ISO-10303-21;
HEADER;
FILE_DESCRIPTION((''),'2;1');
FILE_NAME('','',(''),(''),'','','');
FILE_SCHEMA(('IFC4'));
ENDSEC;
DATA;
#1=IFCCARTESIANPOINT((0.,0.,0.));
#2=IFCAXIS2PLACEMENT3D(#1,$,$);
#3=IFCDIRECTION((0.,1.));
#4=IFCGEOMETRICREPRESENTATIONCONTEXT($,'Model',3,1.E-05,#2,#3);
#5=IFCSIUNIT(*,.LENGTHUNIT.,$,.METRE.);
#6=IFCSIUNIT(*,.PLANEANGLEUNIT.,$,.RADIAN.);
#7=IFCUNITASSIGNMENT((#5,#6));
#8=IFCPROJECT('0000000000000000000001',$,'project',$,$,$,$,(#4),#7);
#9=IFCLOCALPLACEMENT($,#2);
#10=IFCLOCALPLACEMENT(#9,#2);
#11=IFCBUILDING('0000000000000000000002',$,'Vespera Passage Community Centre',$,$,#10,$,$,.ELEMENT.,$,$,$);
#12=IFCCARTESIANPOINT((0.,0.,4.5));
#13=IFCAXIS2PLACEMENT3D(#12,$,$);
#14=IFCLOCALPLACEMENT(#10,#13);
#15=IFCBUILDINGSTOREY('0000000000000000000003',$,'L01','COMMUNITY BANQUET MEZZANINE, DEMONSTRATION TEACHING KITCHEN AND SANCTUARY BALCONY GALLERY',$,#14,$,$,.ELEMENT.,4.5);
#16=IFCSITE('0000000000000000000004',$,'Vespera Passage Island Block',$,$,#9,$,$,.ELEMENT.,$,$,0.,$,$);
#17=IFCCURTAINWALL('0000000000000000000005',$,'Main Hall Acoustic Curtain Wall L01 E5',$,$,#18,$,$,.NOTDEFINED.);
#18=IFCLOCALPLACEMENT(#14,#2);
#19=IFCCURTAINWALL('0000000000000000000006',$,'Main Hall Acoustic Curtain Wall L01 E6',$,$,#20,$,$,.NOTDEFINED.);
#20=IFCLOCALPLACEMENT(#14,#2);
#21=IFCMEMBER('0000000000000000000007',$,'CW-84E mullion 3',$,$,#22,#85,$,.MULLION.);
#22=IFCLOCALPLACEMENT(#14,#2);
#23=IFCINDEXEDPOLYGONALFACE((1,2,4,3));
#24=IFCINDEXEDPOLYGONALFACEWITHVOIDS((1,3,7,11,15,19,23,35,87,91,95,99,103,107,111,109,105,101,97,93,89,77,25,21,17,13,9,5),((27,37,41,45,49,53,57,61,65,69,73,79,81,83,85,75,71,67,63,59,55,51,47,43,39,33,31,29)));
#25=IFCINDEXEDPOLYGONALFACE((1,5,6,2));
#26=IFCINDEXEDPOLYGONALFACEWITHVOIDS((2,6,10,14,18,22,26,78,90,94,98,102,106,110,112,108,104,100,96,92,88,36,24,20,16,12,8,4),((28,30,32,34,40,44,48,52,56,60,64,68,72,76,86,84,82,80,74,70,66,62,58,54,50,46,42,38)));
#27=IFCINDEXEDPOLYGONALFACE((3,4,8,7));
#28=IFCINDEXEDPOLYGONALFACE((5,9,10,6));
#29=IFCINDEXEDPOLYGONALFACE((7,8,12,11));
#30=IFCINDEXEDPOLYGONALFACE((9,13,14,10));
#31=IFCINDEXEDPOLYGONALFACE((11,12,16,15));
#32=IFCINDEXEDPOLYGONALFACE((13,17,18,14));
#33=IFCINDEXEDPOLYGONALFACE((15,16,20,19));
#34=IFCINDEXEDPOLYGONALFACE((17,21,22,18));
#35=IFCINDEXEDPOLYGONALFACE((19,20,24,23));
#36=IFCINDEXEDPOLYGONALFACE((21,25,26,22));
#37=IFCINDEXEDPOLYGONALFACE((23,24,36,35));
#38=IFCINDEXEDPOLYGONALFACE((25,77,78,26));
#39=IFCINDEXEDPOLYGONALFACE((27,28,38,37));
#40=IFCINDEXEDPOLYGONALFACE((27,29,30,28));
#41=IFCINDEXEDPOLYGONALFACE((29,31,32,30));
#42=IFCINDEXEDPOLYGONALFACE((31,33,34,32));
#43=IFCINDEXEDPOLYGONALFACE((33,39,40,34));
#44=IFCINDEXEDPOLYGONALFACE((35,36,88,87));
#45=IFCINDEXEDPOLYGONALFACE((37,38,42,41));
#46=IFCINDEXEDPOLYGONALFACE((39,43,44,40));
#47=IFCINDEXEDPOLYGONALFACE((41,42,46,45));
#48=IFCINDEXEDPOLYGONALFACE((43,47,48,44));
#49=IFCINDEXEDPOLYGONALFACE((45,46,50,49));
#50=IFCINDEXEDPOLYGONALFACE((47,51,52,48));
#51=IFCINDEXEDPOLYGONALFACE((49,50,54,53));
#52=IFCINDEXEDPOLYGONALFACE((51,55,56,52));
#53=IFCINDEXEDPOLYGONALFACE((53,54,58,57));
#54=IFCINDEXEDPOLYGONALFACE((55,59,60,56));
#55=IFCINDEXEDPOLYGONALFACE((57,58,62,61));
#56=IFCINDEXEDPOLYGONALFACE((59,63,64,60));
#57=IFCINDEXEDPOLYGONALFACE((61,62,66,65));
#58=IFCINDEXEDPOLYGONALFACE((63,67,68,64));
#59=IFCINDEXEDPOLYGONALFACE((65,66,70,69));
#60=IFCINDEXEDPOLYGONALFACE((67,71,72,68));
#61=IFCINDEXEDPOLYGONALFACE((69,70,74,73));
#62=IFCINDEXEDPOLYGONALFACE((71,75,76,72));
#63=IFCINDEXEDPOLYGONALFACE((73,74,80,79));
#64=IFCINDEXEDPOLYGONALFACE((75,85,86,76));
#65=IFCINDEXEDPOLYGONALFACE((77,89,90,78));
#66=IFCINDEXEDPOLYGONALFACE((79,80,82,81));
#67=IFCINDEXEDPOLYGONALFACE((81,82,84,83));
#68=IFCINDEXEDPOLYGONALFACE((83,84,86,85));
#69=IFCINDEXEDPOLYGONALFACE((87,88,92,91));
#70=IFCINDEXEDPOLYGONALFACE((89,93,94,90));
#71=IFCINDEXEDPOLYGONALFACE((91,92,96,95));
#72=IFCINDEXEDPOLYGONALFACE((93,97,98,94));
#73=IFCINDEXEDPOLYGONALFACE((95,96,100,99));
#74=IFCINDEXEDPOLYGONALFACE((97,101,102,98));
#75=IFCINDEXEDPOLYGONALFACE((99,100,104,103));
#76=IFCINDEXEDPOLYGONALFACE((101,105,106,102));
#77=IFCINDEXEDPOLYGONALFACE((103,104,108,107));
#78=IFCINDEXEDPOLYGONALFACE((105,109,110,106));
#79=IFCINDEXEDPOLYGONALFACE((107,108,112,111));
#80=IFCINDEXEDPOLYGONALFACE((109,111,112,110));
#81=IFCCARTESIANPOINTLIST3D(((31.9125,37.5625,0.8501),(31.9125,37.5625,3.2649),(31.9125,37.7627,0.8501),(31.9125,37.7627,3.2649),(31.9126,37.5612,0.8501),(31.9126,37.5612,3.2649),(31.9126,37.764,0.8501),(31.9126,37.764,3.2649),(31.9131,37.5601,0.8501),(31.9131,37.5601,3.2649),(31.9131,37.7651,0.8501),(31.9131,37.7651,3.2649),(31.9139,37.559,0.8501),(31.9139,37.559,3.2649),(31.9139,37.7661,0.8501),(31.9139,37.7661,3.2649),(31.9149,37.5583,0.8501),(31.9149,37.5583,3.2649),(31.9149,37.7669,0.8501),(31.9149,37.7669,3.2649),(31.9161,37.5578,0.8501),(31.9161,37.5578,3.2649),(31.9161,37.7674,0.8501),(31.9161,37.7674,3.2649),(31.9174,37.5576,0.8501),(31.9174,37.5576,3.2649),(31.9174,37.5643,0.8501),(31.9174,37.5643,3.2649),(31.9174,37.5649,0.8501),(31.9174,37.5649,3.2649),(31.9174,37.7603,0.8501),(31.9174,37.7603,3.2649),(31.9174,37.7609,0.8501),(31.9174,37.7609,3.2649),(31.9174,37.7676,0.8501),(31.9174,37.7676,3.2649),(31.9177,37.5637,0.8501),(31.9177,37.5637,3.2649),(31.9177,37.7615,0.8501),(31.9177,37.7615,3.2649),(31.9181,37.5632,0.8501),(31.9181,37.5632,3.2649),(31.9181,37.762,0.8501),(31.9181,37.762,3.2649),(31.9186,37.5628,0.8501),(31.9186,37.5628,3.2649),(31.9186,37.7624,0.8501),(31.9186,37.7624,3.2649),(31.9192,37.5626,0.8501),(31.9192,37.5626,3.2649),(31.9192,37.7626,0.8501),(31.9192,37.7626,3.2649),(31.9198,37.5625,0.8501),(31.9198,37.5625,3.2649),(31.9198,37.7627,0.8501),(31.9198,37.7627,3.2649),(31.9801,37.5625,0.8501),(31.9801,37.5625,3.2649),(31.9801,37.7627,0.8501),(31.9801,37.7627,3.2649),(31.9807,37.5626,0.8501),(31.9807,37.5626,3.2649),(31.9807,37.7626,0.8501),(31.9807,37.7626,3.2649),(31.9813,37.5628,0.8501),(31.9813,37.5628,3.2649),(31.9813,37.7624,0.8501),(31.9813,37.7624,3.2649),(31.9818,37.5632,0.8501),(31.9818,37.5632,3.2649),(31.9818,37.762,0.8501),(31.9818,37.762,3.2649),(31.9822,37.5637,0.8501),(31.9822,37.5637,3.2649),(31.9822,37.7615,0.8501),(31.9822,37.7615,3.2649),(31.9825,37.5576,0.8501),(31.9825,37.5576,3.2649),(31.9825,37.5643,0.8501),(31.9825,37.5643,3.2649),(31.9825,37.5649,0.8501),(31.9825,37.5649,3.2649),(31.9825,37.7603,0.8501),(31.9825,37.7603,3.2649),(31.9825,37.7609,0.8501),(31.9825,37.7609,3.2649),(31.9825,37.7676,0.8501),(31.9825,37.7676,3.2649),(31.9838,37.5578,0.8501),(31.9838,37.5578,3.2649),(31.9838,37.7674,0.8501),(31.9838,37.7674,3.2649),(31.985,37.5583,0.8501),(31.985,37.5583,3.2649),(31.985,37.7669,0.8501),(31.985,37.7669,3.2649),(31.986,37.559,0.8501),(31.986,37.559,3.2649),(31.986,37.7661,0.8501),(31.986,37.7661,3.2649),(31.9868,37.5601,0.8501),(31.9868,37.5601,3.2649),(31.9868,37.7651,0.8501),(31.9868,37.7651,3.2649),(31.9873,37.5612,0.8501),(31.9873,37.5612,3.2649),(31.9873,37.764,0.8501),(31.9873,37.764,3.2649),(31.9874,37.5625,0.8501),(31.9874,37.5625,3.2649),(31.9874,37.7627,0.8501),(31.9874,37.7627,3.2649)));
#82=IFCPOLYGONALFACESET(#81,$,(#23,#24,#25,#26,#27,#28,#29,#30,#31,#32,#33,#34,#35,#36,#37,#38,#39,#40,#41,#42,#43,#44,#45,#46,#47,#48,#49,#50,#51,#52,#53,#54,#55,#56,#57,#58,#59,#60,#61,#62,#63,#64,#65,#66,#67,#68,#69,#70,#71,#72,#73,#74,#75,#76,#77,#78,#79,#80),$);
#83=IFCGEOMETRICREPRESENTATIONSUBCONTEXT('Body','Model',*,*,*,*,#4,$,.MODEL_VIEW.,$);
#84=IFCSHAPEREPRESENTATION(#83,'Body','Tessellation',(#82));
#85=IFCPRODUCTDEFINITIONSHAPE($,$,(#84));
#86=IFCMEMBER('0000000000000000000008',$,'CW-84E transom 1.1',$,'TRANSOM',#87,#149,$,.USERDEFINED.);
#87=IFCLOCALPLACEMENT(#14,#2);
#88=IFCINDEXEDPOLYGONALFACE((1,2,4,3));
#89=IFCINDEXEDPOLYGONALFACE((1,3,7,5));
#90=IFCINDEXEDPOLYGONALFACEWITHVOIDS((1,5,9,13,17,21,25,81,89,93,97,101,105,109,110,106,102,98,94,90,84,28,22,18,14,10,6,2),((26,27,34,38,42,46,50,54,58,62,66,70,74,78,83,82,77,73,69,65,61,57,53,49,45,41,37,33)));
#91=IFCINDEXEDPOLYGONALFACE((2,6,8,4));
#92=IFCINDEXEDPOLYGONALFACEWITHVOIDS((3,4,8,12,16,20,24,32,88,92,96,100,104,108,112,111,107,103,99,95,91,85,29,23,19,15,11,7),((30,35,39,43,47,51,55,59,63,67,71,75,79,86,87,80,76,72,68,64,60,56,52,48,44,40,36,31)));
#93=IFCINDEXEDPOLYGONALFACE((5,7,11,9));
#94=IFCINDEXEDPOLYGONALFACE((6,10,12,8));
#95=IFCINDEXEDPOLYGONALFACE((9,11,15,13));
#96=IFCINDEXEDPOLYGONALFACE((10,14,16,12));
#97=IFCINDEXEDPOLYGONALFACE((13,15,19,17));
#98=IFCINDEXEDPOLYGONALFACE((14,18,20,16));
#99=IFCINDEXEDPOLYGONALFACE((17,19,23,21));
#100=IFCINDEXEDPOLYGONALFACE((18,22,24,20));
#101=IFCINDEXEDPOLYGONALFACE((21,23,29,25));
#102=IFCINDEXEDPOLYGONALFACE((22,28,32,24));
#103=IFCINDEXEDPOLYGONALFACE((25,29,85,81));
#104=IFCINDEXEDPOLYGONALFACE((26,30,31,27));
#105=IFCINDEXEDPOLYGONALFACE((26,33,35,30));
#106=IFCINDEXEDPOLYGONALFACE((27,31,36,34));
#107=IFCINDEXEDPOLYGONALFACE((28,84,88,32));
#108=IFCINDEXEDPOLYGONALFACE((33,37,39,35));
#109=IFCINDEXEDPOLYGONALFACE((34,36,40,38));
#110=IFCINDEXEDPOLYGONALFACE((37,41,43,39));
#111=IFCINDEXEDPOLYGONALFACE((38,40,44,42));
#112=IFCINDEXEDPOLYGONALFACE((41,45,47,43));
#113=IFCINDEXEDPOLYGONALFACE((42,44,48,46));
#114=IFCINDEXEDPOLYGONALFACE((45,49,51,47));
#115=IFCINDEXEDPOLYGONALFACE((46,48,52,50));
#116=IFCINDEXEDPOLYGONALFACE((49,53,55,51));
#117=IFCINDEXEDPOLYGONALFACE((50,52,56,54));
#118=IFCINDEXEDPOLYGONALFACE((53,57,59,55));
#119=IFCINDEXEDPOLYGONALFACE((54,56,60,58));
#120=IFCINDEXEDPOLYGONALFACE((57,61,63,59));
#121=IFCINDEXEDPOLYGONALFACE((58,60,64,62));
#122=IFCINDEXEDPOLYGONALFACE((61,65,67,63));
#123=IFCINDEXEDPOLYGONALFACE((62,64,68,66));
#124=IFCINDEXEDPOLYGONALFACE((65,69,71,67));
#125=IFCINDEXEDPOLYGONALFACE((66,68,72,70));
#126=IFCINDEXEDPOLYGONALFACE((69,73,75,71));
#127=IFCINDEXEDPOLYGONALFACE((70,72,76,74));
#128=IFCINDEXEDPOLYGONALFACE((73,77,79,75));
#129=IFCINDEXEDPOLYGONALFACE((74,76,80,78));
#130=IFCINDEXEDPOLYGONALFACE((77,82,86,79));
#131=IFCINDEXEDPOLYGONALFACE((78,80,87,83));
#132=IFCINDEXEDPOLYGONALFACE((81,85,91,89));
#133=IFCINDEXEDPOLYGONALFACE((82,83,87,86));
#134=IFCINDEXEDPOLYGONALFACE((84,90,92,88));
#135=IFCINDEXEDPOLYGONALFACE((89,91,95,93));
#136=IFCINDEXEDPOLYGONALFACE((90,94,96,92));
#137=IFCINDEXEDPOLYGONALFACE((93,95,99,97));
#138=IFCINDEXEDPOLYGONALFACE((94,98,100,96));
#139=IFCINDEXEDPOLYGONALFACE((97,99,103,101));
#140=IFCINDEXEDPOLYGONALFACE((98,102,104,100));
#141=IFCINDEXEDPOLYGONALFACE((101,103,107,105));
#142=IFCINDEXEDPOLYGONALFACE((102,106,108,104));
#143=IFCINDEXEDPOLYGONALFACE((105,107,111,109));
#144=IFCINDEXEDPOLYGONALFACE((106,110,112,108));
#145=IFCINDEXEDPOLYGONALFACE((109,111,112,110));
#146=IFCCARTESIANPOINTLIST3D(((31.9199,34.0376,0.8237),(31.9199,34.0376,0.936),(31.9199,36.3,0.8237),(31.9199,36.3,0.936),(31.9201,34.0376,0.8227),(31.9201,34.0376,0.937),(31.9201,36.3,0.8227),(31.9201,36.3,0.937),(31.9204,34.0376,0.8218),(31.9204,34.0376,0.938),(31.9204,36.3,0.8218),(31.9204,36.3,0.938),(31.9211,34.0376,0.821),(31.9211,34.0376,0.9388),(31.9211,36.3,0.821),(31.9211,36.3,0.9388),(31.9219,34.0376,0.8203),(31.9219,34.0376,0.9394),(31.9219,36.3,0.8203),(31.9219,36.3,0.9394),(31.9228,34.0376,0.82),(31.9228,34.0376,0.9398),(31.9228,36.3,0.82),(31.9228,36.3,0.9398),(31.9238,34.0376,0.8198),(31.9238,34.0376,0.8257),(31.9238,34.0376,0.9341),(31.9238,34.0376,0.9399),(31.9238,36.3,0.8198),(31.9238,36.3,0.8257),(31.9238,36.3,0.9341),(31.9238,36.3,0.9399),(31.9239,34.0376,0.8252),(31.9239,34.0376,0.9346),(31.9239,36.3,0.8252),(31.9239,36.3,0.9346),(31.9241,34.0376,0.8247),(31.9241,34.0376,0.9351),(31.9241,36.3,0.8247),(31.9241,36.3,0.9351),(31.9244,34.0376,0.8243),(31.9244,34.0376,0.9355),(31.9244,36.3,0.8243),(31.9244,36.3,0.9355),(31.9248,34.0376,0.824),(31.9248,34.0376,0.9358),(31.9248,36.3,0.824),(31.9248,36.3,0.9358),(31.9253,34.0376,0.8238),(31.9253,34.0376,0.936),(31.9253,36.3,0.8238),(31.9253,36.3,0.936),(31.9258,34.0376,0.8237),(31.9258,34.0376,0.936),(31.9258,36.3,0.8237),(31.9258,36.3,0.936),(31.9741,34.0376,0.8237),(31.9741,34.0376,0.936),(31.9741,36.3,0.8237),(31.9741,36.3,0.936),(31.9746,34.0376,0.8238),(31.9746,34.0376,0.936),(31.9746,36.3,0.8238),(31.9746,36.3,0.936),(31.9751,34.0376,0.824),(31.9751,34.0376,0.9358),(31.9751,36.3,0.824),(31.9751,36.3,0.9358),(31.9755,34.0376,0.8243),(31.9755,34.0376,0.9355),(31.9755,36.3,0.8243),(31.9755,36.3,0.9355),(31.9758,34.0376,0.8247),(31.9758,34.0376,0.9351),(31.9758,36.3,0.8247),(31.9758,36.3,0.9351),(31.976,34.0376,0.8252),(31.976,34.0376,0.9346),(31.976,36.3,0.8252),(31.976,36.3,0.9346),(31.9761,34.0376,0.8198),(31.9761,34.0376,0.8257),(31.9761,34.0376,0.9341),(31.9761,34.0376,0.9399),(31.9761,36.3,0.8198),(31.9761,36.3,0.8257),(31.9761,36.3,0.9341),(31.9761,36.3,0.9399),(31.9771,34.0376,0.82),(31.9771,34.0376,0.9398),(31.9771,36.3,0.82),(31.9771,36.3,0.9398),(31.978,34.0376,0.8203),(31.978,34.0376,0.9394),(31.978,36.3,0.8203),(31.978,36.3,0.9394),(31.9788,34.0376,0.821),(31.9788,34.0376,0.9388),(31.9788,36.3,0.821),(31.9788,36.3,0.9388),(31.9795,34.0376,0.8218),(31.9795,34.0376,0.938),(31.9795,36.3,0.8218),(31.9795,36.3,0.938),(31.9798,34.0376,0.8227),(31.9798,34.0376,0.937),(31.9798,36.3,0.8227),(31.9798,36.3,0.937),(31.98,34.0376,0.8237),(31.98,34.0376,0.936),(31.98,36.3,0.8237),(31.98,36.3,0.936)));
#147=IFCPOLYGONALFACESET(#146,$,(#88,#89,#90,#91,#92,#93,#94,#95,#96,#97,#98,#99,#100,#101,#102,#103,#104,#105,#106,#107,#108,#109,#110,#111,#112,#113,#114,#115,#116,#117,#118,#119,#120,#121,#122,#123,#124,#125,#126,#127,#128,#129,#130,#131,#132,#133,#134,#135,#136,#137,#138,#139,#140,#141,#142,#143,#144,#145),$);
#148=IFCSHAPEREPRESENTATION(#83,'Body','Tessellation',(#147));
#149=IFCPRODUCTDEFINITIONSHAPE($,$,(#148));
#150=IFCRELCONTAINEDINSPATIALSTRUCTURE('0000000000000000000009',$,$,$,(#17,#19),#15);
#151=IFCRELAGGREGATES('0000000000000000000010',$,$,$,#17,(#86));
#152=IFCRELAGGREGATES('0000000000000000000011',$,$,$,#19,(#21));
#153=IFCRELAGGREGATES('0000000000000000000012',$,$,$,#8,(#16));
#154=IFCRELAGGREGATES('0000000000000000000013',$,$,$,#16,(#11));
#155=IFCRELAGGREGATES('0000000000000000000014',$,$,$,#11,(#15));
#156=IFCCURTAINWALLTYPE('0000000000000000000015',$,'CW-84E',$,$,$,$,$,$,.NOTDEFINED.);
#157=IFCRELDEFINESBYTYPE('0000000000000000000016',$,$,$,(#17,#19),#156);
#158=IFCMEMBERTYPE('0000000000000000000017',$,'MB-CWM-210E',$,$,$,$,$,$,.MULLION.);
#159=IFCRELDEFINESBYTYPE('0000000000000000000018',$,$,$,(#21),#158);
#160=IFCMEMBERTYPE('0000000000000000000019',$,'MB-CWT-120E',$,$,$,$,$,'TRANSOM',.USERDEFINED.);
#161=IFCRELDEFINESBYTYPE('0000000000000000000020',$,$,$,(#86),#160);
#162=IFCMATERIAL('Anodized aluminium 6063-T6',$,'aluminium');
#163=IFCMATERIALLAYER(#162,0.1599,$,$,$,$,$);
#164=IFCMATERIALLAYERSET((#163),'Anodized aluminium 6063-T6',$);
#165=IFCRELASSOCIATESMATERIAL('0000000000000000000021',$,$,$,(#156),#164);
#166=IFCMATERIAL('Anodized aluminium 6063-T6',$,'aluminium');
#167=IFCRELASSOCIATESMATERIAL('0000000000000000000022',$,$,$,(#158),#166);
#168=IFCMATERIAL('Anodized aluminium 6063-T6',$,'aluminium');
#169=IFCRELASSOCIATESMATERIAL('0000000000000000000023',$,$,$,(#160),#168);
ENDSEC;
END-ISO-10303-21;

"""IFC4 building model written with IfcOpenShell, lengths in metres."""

from ifc_helpers import new_model, si_unit, direction, frame, origin, origin_2d, place, context, subcontext, project, spatial, hollow_rectangle, extrude, material, layer, layer_set, material_profile, profile_set, type_object, element, aggregate, save


model = new_model("IFC4")

# Units and contexts
model_context = context("Model", 3, precision=1e-05, world=origin(), true_north=direction((0.0, 1.0)))
body_context = subcontext(model_context, "Body", "Model", "MODEL_VIEW")
ifc_project = project(units=[si_unit("LENGTHUNIT", "METRE"), si_unit("PLANEANGLEUNIT", "RADIAN")], contexts=[model_context])

# Site, building, storey
site_placement = place(None, origin())
site = spatial("IfcSite", under=ifc_project, at=site_placement, Name="Vespera Passage Island Block", CompositionType="ELEMENT", RefElevation=0.0)
building_placement = place(site_placement, origin())
building = spatial("IfcBuilding", under=site, at=building_placement, Name="Vespera Passage Community Centre", CompositionType="ELEMENT")
storey_placement = place(building_placement, frame((0.0, 0.0, 4.5)))
storey = spatial("IfcBuildingStorey", under=building, at=storey_placement, Name="L01", Description="COMMUNITY BANQUET MEZZANINE, DEMONSTRATION TEACHING KITCHEN AND SANCTUARY BALCONY GALLERY", CompositionType="ELEMENT", Elevation=4.5)

# Curtain wall
ifc_material_1 = material(Name="Anodized aluminium 6063-T6", Category="aluminium")
ifc_layer_1 = layer(ifc_material_1, 0.1599)
ifc_layer_set_1 = layer_set([ifc_layer_1], Name="Anodized aluminium 6063-T6")
curtain_wall_type = type_object("IfcCurtainWallType", Name="CW-84E", PredefinedType="NOTDEFINED", material=ifc_layer_set_1)
curtain_wall_1_placement = place(storey_placement, origin())
curtain_wall_1 = element("IfcCurtainWall", 1, at=curtain_wall_1_placement, inside=storey, type_object=curtain_wall_type, Name="Main Hall Acoustic Curtain Wall L01 E5", PredefinedType="NOTDEFINED")
ifc_material_2 = material(Name="Anodized aluminium 6063-T6", Category="aluminium")
ifc_material_profile_1 = material_profile(ifc_material_2, hollow_rectangle(XDim=0.075, YDim=0.21, WallThickness=0.0049, InnerFilletRadius=0.0024, OuterFilletRadius=0.0049, at=origin_2d()), Name="ALU210X75X5")
ifc_profile_set_1 = profile_set([ifc_material_profile_1], Name="Anodized aluminium 6063-T6")
member_type_1 = type_object("IfcMemberType", Name="MB-CWM-210E", PredefinedType="MULLION", material=ifc_profile_set_1)

# Curtain wall, member
curtain_wall_2_placement = place(storey_placement, origin())
curtain_wall_2 = element("IfcCurtainWall", 2, at=curtain_wall_2_placement, inside=storey, type_object=curtain_wall_type, Name="Main Hall Acoustic Curtain Wall L01 E6", PredefinedType="NOTDEFINED")
member_1_placement = place(storey_placement, frame((31.95, 37.6626, 0.8501), z_axis=(0.0, 0.0, 1.0), x_axis=(1.0, 0.0, 0.0)))
member_1 = element("IfcMember", 3, at=member_1_placement, type_object=member_type_1, Name="CW-84E mullion 3", PredefinedType="MULLION", context=body_context, shape_type="SweptSolid", body=[
    extrude(hollow_rectangle(XDim=0.075, YDim=0.21, WallThickness=0.0049, InnerFilletRadius=0.0024, OuterFilletRadius=0.0049, at=origin_2d()), origin(), (0.0, 0.0, 1.0), 2.4148),
])

# Member
ifc_material_3 = material(Name="Anodized aluminium 6063-T6", Category="aluminium")
ifc_material_profile_2 = material_profile(ifc_material_3, hollow_rectangle(XDim=0.0601, YDim=0.1201, WallThickness=0.0039, InnerFilletRadius=0.002, OuterFilletRadius=0.0039, at=origin_2d()), Name="ALU120X60X4")
ifc_profile_set_2 = profile_set([ifc_material_profile_2], Name="Anodized aluminium 6063-T6")
member_type_2 = type_object("IfcMemberType", Name="MB-CWT-120E", ElementType="TRANSOM", PredefinedType="USERDEFINED", material=ifc_profile_set_2)
member_2_placement = place(storey_placement, frame((31.95, 36.3, 0.8799), z_axis=(0.0, -1.0, 0.0), x_axis=(1.0, 0.0, 0.0)))
member_2 = element("IfcMember", 4, at=member_2_placement, type_object=member_type_2, Name="CW-84E transom 1.1", ObjectType="TRANSOM", PredefinedType="USERDEFINED", context=body_context, shape_type="SweptSolid", body=[
    extrude(hollow_rectangle(XDim=0.0601, YDim=0.1201, WallThickness=0.0039, InnerFilletRadius=0.002, OuterFilletRadius=0.0039, at=origin_2d()), origin(), (0.0, 0.0, 1.0), 2.2625),
])

aggregate(curtain_wall_1, [member_2])
aggregate(curtain_wall_2, [member_1])

save(model, "model.ifc")
